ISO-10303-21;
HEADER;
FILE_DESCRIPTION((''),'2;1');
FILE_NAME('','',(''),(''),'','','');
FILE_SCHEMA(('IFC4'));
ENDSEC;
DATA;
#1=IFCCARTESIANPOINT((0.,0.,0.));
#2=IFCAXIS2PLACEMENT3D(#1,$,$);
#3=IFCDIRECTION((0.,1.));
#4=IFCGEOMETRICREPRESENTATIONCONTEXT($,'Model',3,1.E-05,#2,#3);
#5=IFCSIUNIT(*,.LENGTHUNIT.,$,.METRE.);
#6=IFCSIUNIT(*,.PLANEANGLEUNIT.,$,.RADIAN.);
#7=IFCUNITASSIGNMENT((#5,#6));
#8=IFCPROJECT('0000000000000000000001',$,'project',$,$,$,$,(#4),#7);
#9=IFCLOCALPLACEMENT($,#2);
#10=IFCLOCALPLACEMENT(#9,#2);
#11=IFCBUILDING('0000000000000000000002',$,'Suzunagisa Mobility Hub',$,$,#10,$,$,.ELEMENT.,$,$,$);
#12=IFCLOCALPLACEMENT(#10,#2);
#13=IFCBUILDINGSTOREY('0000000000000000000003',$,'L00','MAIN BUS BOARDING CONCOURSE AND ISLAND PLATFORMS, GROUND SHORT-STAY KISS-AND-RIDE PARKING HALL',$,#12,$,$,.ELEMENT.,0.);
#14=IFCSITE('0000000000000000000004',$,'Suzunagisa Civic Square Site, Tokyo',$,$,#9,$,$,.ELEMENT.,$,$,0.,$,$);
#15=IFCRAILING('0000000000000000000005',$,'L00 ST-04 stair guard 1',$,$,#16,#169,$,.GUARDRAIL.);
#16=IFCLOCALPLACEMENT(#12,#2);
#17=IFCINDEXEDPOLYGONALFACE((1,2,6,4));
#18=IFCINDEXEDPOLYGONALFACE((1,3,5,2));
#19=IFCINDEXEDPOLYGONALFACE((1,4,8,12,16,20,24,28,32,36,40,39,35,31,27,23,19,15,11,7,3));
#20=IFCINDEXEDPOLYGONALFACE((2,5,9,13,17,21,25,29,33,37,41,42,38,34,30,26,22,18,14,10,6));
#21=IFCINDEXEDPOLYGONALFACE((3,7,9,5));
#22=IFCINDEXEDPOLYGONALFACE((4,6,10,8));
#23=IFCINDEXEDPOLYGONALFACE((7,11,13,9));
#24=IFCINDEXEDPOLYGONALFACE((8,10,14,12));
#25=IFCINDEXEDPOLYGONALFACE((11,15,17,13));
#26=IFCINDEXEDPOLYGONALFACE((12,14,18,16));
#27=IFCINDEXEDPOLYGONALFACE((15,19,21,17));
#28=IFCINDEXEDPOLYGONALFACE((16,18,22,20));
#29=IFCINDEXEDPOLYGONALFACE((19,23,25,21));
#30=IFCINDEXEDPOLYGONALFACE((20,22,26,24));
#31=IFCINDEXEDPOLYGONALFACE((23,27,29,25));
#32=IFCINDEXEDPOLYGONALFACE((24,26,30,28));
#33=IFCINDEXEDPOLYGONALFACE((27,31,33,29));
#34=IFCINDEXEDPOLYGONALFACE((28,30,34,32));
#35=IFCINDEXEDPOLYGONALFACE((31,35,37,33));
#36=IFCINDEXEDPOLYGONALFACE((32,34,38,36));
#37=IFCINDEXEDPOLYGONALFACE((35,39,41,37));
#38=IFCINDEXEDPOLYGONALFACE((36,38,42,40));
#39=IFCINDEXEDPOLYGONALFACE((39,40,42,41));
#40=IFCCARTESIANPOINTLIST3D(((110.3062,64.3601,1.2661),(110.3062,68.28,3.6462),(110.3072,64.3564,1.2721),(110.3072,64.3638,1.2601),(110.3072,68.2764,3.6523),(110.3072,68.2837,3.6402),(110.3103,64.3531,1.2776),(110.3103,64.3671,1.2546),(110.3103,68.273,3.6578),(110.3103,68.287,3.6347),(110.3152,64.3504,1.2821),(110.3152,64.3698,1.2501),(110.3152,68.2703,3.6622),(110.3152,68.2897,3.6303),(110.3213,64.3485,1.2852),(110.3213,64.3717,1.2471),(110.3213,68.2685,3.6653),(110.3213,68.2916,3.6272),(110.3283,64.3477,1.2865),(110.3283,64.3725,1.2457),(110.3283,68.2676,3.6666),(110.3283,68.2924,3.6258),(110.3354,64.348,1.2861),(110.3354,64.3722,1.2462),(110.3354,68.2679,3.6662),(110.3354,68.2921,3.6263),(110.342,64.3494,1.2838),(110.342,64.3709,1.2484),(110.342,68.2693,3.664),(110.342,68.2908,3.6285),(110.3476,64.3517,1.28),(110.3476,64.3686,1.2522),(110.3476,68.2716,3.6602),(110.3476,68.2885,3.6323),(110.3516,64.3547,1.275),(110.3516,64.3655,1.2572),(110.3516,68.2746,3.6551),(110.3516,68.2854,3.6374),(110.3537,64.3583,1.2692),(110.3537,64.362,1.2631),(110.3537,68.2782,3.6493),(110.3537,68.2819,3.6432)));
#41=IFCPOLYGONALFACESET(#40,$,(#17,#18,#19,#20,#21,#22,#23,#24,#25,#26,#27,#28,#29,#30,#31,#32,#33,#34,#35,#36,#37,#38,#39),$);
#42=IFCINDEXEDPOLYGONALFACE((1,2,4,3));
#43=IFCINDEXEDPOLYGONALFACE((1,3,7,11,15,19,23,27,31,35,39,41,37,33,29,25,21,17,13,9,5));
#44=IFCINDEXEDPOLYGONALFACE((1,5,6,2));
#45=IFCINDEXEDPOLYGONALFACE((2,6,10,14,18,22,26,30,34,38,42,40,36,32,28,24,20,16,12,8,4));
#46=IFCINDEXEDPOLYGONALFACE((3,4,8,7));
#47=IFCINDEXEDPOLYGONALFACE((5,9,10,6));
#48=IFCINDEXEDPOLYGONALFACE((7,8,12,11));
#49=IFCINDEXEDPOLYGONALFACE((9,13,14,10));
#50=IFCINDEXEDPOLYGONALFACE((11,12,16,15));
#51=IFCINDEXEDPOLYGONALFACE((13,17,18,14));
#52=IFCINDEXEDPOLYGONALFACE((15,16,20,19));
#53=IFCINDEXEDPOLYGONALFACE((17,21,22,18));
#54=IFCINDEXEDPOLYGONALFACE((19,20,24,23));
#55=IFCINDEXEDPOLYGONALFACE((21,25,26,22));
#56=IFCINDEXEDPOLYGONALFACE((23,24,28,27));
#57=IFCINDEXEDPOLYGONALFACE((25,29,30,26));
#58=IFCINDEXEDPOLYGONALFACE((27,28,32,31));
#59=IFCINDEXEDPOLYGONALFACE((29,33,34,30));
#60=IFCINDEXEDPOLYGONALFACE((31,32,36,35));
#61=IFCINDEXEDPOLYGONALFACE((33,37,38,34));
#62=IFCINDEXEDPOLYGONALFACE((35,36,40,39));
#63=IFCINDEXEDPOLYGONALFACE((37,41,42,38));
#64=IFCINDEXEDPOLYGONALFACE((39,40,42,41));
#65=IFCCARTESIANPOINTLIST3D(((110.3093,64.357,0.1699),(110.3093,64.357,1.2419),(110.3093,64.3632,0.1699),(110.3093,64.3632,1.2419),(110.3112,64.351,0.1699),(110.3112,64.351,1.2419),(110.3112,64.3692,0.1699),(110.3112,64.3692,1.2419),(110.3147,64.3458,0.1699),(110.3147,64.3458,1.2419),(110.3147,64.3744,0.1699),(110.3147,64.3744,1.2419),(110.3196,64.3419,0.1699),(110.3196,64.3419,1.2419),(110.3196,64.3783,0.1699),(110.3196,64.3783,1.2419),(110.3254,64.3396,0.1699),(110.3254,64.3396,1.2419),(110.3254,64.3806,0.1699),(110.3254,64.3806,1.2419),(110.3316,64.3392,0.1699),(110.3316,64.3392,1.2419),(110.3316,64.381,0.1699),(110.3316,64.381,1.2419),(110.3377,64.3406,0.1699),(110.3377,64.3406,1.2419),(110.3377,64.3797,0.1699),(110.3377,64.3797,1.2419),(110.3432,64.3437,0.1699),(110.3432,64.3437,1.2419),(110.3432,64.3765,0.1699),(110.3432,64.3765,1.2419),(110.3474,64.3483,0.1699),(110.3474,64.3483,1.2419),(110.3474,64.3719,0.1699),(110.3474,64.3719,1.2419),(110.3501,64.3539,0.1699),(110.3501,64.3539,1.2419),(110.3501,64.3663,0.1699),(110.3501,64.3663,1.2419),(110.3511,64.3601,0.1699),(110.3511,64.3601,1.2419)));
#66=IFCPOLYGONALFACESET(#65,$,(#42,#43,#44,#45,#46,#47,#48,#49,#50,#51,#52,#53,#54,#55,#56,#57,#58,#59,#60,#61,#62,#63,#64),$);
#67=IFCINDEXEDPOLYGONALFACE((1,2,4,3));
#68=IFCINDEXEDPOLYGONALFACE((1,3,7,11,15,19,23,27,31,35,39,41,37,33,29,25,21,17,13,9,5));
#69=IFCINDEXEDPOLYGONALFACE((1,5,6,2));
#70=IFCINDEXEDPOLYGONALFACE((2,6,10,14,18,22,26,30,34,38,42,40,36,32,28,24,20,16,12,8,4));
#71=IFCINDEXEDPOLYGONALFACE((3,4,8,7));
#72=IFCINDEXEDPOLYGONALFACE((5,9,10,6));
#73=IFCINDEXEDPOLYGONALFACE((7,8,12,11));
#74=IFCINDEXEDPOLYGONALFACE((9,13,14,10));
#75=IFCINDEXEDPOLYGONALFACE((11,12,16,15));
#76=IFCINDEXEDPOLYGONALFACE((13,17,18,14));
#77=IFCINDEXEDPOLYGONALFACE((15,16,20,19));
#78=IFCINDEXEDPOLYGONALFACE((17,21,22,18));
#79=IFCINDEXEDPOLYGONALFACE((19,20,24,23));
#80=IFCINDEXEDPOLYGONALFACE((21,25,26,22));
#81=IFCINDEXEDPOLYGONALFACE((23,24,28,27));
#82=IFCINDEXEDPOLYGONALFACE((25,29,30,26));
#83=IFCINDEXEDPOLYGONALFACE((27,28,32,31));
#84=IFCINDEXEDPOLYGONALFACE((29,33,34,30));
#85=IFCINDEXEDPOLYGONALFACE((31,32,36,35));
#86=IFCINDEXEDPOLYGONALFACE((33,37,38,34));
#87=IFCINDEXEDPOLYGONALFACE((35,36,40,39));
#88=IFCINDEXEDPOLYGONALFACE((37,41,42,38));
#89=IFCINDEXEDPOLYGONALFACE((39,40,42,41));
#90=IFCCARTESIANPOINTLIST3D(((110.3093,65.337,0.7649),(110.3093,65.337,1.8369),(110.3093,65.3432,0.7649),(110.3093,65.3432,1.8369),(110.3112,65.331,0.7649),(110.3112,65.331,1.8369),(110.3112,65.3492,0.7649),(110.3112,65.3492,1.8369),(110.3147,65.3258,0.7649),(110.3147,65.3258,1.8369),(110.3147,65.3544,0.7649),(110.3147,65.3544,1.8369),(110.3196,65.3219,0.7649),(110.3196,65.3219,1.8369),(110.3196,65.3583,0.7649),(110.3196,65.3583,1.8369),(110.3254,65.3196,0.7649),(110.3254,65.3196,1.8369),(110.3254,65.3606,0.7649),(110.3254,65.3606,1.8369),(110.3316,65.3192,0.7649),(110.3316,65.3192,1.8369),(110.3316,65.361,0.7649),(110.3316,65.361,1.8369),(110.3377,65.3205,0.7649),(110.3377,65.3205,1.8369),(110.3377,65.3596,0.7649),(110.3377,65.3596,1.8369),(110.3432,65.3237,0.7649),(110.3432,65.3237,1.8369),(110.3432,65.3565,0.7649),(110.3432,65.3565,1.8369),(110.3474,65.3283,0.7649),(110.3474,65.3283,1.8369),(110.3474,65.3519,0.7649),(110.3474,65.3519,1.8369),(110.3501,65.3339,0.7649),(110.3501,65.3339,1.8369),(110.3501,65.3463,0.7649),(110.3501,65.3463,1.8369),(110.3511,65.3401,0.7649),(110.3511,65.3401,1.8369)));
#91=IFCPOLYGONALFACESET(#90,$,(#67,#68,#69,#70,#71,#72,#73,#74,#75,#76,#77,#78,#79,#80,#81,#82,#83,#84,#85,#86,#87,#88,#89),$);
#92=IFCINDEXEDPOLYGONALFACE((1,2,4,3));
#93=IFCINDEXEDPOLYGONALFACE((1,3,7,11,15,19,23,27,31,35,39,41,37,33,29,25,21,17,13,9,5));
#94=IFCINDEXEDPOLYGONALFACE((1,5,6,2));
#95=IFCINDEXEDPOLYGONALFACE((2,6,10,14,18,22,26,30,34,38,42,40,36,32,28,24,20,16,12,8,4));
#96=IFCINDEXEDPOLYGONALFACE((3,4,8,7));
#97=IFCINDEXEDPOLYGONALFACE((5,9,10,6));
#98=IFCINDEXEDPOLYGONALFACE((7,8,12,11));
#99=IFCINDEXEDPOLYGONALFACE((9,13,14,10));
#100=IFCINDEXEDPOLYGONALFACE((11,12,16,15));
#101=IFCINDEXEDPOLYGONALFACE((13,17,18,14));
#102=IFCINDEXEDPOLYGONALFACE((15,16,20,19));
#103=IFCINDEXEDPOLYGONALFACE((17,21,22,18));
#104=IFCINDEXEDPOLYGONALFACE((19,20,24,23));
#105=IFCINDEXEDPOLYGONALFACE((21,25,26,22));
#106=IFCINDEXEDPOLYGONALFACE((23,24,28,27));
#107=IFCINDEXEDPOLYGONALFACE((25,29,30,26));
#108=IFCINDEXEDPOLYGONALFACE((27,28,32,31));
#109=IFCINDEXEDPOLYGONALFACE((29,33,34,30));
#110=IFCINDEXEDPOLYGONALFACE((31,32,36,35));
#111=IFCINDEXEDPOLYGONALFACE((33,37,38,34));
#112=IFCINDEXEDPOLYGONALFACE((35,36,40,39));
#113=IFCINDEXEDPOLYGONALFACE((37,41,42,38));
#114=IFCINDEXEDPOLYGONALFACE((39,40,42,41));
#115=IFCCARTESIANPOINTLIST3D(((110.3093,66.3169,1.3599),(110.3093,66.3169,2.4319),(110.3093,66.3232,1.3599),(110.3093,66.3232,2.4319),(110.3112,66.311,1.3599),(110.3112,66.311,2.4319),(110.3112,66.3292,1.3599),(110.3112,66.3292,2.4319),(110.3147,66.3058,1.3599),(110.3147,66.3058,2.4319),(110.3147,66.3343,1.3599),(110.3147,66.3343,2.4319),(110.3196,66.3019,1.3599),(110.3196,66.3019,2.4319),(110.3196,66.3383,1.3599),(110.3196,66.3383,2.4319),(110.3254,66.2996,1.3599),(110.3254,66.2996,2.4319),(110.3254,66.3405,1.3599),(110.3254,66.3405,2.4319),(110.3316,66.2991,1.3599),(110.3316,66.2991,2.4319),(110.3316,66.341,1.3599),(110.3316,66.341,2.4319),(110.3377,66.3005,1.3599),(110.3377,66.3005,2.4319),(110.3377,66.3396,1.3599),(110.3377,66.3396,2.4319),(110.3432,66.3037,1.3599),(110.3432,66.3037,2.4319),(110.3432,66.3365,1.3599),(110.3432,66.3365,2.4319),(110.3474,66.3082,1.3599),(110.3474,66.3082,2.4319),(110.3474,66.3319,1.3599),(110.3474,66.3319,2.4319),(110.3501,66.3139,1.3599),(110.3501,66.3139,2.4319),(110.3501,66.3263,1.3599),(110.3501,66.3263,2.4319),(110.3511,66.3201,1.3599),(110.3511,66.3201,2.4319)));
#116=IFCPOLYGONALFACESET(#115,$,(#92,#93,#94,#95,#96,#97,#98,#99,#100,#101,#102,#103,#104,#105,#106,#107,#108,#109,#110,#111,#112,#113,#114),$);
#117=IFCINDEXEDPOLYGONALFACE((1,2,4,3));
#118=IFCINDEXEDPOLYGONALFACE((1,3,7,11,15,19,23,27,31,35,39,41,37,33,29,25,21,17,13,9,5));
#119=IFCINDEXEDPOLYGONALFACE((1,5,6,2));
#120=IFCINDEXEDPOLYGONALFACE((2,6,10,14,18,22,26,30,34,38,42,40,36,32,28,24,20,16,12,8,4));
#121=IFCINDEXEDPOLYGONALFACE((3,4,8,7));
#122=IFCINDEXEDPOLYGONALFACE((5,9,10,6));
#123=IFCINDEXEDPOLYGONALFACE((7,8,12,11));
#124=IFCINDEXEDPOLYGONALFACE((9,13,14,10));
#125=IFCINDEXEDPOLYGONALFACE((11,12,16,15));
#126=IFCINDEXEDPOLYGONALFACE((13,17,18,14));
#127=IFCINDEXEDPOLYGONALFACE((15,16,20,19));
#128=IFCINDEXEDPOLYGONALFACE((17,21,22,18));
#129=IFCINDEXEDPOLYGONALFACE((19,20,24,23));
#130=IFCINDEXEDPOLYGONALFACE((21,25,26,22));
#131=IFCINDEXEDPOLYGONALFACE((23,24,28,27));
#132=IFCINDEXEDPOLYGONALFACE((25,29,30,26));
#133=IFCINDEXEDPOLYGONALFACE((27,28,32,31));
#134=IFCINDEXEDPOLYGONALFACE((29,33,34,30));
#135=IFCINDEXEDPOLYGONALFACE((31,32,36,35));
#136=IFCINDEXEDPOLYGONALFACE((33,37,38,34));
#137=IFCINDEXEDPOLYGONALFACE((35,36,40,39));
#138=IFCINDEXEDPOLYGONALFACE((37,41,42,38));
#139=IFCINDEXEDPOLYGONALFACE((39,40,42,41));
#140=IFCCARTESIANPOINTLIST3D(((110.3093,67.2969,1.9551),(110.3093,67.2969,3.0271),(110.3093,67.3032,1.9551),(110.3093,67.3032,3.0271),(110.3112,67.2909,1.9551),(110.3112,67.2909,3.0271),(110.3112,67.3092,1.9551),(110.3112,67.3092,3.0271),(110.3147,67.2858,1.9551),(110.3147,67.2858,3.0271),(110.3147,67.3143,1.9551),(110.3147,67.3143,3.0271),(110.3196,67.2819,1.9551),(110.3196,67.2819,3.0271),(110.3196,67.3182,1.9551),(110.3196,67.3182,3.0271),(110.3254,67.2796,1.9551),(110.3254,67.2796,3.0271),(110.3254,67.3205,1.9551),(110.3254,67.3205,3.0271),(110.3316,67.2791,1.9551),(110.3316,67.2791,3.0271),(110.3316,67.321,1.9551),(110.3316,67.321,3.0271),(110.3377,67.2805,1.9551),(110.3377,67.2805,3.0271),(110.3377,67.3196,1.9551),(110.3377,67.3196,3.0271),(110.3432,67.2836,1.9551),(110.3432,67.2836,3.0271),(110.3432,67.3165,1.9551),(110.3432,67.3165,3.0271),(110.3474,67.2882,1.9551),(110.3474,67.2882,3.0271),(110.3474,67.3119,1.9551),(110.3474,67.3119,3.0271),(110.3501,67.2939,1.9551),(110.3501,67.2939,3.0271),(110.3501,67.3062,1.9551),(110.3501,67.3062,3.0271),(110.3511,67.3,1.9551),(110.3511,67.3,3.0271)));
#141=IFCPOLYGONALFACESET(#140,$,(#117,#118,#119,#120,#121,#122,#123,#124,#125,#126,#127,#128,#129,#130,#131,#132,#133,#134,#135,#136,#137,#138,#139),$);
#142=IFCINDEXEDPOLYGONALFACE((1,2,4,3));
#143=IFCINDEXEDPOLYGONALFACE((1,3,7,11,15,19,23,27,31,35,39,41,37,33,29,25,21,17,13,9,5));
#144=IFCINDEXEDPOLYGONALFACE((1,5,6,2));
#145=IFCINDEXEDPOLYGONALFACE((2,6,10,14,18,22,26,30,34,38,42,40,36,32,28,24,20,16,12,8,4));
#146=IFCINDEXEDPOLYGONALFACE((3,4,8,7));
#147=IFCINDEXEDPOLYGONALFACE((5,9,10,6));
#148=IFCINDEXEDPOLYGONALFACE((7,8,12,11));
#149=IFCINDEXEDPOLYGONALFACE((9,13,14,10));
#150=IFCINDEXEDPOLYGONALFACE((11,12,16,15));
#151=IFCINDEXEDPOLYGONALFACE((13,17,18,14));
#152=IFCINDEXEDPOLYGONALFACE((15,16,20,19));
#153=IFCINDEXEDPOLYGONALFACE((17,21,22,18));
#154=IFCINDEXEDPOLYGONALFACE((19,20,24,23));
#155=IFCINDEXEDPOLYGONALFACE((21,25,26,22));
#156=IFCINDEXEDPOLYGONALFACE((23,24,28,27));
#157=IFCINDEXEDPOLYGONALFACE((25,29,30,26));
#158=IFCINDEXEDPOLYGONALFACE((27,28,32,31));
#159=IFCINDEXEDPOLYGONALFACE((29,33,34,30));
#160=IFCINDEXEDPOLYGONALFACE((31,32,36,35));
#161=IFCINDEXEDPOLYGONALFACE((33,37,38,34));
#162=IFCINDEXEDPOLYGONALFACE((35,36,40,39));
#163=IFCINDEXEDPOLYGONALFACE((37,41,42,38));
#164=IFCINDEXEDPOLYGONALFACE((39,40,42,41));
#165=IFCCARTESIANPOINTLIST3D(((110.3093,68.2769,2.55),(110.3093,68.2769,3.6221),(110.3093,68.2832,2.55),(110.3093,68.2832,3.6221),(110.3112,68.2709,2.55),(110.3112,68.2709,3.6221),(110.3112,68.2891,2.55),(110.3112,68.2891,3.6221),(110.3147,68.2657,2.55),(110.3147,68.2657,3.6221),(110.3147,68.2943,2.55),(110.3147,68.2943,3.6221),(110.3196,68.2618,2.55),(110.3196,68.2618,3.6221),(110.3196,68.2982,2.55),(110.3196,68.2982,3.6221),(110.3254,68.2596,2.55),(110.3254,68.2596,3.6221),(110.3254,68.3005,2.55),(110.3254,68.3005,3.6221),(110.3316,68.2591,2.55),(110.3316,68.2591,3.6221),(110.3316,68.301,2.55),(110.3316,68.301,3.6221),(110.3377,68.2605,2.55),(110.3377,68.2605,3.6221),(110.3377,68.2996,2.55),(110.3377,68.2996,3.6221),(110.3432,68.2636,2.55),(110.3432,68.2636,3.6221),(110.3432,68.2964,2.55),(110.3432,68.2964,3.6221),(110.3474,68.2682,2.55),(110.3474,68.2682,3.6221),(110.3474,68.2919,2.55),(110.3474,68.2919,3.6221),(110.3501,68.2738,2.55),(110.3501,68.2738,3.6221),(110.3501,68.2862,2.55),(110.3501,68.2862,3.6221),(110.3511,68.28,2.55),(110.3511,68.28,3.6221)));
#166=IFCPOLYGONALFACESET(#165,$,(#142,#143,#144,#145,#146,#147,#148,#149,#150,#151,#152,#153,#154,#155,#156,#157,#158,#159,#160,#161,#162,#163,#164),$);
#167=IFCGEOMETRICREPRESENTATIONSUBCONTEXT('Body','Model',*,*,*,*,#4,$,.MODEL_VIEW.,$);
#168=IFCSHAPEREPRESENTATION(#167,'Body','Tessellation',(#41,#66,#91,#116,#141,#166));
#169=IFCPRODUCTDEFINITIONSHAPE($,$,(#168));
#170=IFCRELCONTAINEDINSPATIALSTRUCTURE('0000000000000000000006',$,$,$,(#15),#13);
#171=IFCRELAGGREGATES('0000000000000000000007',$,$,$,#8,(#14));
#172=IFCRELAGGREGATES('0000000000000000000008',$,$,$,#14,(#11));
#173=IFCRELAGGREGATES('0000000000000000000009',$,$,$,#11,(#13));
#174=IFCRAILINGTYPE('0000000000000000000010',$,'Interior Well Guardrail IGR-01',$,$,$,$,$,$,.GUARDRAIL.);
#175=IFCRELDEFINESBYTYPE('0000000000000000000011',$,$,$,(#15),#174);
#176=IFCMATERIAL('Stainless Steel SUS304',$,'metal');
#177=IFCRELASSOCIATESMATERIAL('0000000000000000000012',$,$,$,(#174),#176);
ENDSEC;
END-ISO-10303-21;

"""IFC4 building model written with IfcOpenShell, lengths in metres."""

from ifc_helpers import new_model, si_unit, direction, frame, origin, origin_2d, place, context, subcontext, project, spatial, circle, extrude, material, type_object, element, save


model = new_model("IFC4")

# Units and contexts
model_context = context("Model", 3, precision=1e-05, world=origin(), true_north=direction((0.0, 1.0)))
body_context = subcontext(model_context, "Body", "Model", "MODEL_VIEW")
ifc_project = project(units=[si_unit("LENGTHUNIT", "METRE"), si_unit("PLANEANGLEUNIT", "RADIAN")], contexts=[model_context])

# Site, building, storey
site_placement = place(None, origin())
site = spatial("IfcSite", under=ifc_project, at=site_placement, Name="Suzunagisa Civic Square Site, Tokyo", CompositionType="ELEMENT", RefElevation=0.0)
building_placement = place(site_placement, origin())
building = spatial("IfcBuilding", under=site, at=building_placement, Name="Suzunagisa Mobility Hub", CompositionType="ELEMENT")
storey_placement = place(building_placement, origin())
storey = spatial("IfcBuildingStorey", under=building, at=storey_placement, Name="L00", Description="MAIN BUS BOARDING CONCOURSE AND ISLAND PLATFORMS, GROUND SHORT-STAY KISS-AND-RIDE PARKING HALL", CompositionType="ELEMENT", Elevation=0.0)

# Railing
ifc_material_1 = material(Name="Stainless Steel SUS304", Category="metal")
railing_type = type_object("IfcRailingType", Name="Interior Well Guardrail IGR-01", PredefinedType="GUARDRAIL", material=ifc_material_1)
railing_1_placement = place(storey_placement, frame((110.3301, 64.3601, 0.1699)))
element("IfcRailing", 1, at=railing_1_placement, inside=storey, type_object=railing_type, Name="L00 ST-04 stair guard 1", PredefinedType="GUARDRAIL", context=body_context, shape_type="SweptSolid", body=[
    extrude(circle(Radius=0.0239, at=origin_2d()), frame((0.0, 0.0, 1.0962), z_axis=(0.0, 0.854771, 0.519006), x_axis=(-1.0, 0.0, 0.0)), (0.0, 0.0, 1.0), 4.5859),
    extrude(circle(Radius=0.021, at=origin_2d()), origin(), (0.0, 0.0, 1.0), 1.072),
    extrude(circle(Radius=0.021, at=origin_2d()), frame((0.0, 0.98, 0.595)), (0.0, 0.0, 1.0), 1.072),
    extrude(circle(Radius=0.021, at=origin_2d()), frame((0.0, 1.96, 1.1899)), (0.0, 0.0, 1.0), 1.072),
    extrude(circle(Radius=0.021, at=origin_2d()), frame((0.0, 2.9399, 1.7852)), (0.0, 0.0, 1.0), 1.072),
    extrude(circle(Radius=0.021, at=origin_2d()), frame((0.0, 3.9199, 2.3801)), (0.0, 0.0, 1.0), 1.072),
])

save(model, "model.ifc")
